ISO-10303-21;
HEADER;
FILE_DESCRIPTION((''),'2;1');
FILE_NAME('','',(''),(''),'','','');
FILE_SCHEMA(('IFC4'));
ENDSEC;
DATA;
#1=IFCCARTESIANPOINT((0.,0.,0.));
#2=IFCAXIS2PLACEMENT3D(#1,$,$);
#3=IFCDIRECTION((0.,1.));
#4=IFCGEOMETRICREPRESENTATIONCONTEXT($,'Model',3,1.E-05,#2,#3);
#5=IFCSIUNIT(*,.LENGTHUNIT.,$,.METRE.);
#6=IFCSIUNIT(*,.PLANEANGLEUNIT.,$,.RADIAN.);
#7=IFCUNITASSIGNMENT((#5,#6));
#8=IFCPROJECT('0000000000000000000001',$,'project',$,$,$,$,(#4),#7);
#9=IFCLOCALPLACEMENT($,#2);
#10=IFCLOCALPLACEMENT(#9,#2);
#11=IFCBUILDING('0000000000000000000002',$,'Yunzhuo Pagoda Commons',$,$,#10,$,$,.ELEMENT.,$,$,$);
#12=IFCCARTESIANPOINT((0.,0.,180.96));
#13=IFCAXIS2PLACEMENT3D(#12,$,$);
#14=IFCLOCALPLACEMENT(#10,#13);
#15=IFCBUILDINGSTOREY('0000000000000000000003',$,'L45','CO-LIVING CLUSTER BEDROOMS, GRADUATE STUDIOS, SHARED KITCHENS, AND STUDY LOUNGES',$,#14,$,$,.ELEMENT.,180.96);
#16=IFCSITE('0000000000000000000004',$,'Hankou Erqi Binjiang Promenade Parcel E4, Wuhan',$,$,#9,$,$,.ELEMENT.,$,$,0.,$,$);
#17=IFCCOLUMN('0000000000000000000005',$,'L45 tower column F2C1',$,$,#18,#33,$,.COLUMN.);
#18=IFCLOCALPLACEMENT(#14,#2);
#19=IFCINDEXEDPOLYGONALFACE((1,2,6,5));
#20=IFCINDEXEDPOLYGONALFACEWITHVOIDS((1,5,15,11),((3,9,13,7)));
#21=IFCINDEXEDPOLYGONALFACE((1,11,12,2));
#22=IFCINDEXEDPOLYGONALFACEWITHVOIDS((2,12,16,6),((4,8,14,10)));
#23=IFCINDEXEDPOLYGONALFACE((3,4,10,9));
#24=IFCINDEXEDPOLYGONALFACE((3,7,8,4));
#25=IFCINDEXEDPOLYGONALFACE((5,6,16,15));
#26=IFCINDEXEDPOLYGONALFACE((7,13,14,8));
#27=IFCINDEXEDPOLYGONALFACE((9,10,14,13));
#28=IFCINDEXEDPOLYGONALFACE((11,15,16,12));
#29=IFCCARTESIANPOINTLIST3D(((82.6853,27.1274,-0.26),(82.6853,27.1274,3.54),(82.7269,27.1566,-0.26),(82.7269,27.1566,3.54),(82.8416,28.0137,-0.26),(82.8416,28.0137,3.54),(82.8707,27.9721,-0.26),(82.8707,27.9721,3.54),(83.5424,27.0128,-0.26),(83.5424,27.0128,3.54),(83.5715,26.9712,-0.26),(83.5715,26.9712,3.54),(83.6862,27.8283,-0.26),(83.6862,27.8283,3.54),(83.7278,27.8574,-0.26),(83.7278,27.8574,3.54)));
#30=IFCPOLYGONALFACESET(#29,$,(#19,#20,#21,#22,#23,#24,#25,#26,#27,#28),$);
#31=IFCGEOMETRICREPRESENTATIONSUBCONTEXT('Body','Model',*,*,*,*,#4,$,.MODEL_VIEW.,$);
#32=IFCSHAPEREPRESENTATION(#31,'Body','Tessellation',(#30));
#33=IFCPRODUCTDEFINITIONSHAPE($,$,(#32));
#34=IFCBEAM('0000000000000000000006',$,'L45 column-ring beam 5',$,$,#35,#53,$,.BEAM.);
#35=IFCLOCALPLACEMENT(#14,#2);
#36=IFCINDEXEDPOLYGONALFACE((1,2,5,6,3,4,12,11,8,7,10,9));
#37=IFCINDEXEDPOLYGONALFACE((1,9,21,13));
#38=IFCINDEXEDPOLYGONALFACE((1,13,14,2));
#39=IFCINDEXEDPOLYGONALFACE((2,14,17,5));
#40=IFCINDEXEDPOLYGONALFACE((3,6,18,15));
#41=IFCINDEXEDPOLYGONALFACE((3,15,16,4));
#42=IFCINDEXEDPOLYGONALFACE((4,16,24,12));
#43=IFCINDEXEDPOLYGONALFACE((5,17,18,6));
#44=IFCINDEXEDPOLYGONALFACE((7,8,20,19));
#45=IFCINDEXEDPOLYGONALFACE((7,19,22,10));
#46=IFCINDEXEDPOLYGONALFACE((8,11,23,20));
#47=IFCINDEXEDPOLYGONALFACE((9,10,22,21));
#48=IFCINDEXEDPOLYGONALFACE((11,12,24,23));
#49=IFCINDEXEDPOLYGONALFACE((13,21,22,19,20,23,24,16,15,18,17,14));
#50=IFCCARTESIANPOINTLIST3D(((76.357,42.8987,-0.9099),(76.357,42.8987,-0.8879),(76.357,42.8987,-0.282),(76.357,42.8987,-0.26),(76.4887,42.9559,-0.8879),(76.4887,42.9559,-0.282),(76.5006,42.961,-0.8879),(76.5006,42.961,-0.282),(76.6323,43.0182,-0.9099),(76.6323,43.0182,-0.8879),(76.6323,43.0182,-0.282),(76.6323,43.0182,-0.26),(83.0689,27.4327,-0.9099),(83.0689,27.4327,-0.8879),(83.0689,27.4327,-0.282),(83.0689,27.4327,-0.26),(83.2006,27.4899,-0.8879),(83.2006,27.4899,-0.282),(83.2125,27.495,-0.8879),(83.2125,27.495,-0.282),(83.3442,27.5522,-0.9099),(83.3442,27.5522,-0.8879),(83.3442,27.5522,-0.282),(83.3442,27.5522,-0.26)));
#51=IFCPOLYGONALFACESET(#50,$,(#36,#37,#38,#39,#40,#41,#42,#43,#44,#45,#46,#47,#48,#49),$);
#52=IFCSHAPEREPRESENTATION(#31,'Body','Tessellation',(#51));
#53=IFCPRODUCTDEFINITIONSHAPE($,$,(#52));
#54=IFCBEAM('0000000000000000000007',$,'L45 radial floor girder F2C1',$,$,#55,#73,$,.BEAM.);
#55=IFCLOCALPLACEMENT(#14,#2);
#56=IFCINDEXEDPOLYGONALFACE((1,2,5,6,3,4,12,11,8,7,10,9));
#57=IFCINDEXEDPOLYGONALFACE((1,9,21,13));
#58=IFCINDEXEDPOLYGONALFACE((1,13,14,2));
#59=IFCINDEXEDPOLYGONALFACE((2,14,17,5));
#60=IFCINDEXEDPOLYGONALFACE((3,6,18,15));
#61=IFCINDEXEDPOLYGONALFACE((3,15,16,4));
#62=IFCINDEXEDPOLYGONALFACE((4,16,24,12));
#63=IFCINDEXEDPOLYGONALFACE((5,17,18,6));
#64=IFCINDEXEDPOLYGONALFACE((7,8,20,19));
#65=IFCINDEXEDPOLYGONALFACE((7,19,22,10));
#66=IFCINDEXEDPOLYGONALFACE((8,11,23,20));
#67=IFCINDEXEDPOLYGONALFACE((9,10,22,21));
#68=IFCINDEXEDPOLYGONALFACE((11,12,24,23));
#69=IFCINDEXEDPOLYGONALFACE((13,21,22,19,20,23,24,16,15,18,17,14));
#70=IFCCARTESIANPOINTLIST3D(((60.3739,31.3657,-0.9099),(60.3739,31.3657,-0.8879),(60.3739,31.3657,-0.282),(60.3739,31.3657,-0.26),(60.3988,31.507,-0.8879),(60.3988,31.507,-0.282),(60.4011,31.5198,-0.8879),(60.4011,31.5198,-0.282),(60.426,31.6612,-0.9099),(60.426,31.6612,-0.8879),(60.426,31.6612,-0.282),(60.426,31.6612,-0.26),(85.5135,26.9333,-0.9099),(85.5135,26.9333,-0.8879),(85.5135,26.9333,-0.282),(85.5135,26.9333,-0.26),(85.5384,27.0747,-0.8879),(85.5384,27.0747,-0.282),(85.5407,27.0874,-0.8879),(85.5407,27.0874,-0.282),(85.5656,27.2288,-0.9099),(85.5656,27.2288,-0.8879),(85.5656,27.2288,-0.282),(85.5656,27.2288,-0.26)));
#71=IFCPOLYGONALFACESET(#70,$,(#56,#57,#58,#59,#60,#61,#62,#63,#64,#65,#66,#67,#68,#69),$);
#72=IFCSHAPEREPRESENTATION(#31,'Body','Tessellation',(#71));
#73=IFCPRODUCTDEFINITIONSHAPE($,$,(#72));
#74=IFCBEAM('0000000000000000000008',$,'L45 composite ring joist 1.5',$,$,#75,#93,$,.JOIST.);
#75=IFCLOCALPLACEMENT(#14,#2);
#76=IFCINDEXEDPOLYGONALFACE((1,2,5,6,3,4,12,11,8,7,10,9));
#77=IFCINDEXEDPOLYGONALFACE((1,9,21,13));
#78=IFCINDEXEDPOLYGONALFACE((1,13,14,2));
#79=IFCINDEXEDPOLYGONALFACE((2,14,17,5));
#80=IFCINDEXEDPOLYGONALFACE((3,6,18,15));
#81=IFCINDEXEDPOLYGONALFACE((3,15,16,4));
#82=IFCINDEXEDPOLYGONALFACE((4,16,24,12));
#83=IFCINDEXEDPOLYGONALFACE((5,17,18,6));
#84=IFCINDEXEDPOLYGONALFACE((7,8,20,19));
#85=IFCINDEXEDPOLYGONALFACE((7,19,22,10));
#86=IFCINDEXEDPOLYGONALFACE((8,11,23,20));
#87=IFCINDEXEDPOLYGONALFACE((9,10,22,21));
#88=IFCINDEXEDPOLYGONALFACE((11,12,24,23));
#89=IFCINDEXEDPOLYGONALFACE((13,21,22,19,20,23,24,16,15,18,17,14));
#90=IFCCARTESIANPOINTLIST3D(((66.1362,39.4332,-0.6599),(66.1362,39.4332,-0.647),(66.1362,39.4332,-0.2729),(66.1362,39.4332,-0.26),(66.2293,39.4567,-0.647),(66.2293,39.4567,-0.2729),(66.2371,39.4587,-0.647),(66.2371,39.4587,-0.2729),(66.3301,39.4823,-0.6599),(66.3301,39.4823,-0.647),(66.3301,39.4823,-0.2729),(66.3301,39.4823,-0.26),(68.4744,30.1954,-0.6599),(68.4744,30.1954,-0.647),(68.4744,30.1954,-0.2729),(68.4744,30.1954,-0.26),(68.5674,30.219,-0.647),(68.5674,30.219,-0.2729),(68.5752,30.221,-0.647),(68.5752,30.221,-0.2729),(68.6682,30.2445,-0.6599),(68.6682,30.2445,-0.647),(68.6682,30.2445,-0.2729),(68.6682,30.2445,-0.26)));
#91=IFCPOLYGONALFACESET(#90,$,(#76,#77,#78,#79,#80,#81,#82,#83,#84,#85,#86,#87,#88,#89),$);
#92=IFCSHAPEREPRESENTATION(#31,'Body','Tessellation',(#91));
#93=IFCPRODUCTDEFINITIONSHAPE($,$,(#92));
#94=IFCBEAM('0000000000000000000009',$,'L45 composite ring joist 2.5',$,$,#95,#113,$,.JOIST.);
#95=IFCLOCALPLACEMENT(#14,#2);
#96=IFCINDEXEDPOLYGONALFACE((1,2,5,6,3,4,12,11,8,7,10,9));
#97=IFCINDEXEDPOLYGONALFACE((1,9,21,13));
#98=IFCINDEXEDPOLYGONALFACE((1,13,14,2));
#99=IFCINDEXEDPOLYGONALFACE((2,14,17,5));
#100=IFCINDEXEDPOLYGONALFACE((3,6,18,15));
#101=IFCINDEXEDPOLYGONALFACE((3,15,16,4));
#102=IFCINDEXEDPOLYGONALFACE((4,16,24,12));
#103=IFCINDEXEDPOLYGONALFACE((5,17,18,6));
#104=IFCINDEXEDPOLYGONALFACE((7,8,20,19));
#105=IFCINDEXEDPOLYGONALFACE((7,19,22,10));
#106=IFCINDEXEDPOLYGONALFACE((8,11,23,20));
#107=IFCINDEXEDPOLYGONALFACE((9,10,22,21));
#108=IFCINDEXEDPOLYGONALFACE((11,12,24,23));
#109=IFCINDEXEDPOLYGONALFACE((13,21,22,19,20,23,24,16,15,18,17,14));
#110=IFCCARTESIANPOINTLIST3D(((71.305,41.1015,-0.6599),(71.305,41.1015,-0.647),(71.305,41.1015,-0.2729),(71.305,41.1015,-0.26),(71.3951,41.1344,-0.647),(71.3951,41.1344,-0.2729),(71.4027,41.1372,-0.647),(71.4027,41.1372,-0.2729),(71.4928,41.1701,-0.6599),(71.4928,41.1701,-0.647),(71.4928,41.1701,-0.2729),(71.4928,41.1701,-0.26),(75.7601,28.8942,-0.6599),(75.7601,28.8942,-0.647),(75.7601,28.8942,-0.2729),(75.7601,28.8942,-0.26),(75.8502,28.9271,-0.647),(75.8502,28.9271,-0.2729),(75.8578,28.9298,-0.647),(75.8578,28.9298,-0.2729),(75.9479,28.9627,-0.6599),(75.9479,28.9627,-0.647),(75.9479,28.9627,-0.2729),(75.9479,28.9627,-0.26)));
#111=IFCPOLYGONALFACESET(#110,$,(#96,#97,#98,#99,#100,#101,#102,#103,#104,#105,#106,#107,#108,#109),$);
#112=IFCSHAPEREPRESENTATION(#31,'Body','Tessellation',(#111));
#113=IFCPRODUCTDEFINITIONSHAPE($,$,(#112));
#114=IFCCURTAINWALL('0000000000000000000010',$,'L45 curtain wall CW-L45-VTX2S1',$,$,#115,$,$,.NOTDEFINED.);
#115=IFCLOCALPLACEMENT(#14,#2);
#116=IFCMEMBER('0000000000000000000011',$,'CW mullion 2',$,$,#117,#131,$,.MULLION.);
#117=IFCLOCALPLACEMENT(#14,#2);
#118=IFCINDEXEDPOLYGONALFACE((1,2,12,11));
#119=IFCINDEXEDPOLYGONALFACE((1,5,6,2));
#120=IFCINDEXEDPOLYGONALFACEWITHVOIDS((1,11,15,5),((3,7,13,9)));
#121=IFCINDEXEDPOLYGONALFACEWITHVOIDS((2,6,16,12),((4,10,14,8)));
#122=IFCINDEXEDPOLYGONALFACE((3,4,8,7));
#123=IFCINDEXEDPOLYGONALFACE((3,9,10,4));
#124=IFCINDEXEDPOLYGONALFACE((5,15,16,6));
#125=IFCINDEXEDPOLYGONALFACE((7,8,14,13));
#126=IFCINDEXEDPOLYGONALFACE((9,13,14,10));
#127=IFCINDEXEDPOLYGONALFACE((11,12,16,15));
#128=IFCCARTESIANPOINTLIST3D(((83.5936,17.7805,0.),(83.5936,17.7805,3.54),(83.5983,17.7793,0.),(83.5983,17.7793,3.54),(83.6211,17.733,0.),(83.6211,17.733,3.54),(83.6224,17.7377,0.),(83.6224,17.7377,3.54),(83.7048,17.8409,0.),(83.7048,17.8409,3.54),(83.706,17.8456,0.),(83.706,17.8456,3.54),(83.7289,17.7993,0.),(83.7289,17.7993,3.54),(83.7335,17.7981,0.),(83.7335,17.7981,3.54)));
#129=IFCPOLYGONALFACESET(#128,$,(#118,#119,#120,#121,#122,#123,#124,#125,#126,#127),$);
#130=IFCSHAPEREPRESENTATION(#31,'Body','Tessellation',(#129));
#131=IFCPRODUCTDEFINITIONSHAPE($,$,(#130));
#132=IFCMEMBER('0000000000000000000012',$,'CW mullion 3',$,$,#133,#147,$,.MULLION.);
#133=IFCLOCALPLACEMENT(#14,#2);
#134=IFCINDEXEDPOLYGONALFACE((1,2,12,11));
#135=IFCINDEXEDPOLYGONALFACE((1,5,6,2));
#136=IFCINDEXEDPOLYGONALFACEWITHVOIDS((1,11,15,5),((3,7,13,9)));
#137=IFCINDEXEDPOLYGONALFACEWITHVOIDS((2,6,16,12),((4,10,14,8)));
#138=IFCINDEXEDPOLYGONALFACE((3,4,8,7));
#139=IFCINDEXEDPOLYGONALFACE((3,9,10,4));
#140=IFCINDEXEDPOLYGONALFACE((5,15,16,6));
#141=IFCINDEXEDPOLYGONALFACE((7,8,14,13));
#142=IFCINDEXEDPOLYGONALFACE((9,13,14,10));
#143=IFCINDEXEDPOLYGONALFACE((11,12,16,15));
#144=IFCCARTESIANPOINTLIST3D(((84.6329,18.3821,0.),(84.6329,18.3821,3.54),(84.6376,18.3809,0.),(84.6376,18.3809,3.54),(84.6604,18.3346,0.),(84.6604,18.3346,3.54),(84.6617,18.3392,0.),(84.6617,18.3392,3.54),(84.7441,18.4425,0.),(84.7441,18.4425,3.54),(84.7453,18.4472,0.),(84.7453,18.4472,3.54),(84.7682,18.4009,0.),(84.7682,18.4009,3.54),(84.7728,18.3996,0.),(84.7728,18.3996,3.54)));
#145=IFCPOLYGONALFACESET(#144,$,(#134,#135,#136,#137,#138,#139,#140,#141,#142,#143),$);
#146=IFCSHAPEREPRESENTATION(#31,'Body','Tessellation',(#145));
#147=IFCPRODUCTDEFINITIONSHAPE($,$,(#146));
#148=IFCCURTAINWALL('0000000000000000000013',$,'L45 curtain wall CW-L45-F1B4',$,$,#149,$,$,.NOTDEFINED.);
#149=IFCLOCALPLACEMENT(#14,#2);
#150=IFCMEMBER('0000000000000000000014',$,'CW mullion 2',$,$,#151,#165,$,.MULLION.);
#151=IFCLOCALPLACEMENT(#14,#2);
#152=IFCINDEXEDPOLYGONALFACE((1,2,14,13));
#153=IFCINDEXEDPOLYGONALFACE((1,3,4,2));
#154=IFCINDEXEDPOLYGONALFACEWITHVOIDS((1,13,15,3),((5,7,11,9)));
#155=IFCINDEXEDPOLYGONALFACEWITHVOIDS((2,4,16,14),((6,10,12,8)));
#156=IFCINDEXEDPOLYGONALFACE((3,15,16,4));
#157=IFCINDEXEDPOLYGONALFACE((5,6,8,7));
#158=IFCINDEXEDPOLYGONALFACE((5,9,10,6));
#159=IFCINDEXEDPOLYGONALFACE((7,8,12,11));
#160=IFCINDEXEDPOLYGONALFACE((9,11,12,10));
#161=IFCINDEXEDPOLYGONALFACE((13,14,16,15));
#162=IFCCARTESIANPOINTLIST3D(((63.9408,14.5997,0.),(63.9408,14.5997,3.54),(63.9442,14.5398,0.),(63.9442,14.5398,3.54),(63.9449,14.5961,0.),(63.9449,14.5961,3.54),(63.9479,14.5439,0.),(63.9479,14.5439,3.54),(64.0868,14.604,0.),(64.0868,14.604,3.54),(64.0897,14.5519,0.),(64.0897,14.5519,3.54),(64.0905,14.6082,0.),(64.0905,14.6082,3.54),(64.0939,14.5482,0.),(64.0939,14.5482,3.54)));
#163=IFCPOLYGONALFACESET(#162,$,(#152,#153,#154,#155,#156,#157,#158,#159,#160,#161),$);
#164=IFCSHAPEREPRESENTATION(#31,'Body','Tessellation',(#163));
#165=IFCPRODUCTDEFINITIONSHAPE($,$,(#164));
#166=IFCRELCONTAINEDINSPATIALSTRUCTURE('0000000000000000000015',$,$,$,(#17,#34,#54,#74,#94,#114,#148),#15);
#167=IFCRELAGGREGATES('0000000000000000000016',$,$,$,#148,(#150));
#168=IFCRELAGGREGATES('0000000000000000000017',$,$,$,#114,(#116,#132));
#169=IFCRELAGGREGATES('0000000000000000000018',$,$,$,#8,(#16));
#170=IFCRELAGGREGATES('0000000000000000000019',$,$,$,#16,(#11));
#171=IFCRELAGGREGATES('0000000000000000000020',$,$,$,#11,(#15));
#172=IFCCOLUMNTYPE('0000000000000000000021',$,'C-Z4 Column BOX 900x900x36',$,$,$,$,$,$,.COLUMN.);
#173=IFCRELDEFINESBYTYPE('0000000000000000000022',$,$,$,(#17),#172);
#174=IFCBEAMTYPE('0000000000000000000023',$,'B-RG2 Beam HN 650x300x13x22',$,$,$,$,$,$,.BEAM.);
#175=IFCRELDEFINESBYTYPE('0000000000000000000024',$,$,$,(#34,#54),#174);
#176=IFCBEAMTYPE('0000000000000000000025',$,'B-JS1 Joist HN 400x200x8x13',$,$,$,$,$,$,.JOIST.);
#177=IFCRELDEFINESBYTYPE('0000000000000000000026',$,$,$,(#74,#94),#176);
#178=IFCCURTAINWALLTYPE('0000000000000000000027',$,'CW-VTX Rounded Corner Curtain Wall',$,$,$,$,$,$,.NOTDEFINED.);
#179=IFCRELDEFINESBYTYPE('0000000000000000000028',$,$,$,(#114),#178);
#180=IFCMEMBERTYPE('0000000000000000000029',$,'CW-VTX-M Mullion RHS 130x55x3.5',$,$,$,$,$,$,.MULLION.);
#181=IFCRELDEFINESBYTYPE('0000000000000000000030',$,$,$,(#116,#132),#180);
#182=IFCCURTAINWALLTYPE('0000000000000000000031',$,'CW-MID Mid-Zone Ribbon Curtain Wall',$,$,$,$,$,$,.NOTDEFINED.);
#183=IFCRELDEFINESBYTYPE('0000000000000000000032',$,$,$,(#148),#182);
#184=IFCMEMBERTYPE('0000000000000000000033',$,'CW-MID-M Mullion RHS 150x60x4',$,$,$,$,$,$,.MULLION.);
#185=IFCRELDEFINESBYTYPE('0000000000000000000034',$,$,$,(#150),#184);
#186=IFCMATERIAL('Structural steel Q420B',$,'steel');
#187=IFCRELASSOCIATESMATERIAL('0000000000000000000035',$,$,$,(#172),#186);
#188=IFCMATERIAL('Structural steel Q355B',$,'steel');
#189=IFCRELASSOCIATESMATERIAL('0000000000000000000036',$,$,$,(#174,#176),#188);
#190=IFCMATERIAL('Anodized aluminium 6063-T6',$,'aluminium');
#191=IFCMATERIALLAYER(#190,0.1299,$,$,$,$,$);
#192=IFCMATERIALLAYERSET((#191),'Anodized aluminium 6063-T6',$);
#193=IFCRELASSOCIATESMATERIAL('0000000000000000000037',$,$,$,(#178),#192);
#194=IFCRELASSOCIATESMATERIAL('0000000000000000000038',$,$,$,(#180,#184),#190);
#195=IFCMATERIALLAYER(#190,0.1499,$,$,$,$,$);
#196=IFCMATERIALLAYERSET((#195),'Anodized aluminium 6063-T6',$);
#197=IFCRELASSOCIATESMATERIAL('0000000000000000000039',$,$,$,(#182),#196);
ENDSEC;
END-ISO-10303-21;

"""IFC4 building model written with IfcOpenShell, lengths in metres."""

from ifc_helpers import new_model, si_unit, direction, frame, origin, origin_2d, place, context, subcontext, project, spatial, hollow_rectangle, i_section, extrude, source, transform, mapped, material, layer, layer_set, material_profile, profile_set, type_object, element, aggregate, save


model = new_model("IFC4")

# Units and contexts
model_context = context("Model", 3, precision=1e-05, world=origin(), true_north=direction((0.0, 1.0)))
body_context = subcontext(model_context, "Body", "Model", "MODEL_VIEW")
ifc_project = project(units=[si_unit("LENGTHUNIT", "METRE"), si_unit("PLANEANGLEUNIT", "RADIAN")], contexts=[model_context])

# Site, building, storey
site_placement = place(None, origin())
site = spatial("IfcSite", under=ifc_project, at=site_placement, Name="Hankou Erqi Binjiang Promenade Parcel E4, Wuhan", CompositionType="ELEMENT", RefElevation=0.0)
building_placement = place(site_placement, origin())
building = spatial("IfcBuilding", under=site, at=building_placement, Name="Yunzhuo Pagoda Commons", CompositionType="ELEMENT")
storey_placement = place(building_placement, frame((0.0, 0.0, 180.96)))
storey = spatial("IfcBuildingStorey", under=building, at=storey_placement, Name="L45", Description="CO-LIVING CLUSTER BEDROOMS, GRADUATE STUDIOS, SHARED KITCHENS, AND STUDY LOUNGES", CompositionType="ELEMENT", Elevation=180.96)

# Column
ifc_material_1 = material(Name="Structural steel Q420B", Category="steel")
ifc_material_profile_1 = material_profile(ifc_material_1, hollow_rectangle(XDim=0.8999, YDim=0.8999, WallThickness=0.0359, at=origin_2d()), Name="Structural steel Q420B")
ifc_profile_set_1 = profile_set([ifc_material_profile_1], Name="Structural steel Q420B")
column_type = type_object("IfcColumnType", Name="C-Z4 Column BOX 900x900x36", PredefinedType="COLUMN", material=ifc_profile_set_1)
shared_shape_1 = source(origin(), body_context, "Body", "SweptSolid", [
    extrude(hollow_rectangle(XDim=0.8999, YDim=0.8999, WallThickness=0.0359, at=origin_2d()), origin(), (0.0, 0.0, 1.0), 3.8),
])
column_placement = place(storey_placement, frame((83.2065, 27.4924, -0.26), z_axis=(0.0, 0.0, 1.0), x_axis=(0.173648, 0.984808, 0.0)))
element("IfcColumn", 1, at=column_placement, inside=storey, type_object=column_type, Name="L45 tower column F2C1", PredefinedType="COLUMN", context=body_context, shape_type="MappedRepresentation", body=[
    mapped(shared_shape_1, transform((0.0, 0.0, 0.0), scale=1.0)),
])

# Beams
ifc_material_2 = material(Name="Structural steel Q355B", Category="steel")
ifc_material_profile_2 = material_profile(ifc_material_2, i_section(OverallWidth=0.3, OverallDepth=0.6499, WebThickness=0.0129, FlangeThickness=0.022, at=origin_2d()), Name="Structural steel Q355B")
ifc_profile_set_2 = profile_set([ifc_material_profile_2], Name="Structural steel Q355B")
beam_type_1 = type_object("IfcBeamType", Name="B-RG2 Beam HN 650x300x13x22", PredefinedType="BEAM", material=ifc_profile_set_2)
shared_shape_2 = source(origin(), body_context, "Body", "SweptSolid", [
    extrude(i_section(OverallWidth=0.3, OverallDepth=0.6499, WebThickness=0.0129, FlangeThickness=0.022, at=origin_2d()), origin(), (0.0, 0.0, 1.0), 16.8596),
])
beam_1_placement = place(storey_placement, frame((83.2065, 27.4924, -0.585), z_axis=(-0.398104, 0.91734, 0.0), x_axis=(-0.91734, -0.398104, 0.0)))
element("IfcBeam", 2, at=beam_1_placement, inside=storey, type_object=beam_type_1, Name="L45 column-ring beam 5", PredefinedType="BEAM", context=body_context, shape_type="MappedRepresentation", body=[
    mapped(shared_shape_2, transform((0.0, 0.0, 0.0), scale=1.0)),
])
shared_shape_3 = source(origin(), body_context, "Body", "SweptSolid", [
    extrude(i_section(OverallWidth=0.3, OverallDepth=0.6499, WebThickness=0.0129, FlangeThickness=0.022, at=origin_2d()), origin(), (0.0, 0.0, 1.0), 25.5273),
])
beam_2_placement = place(storey_placement, frame((85.5396, 27.0811, -0.585), z_axis=(-0.984811, 0.173632, 0.0), x_axis=(-0.173632, -0.984811, 0.0)))
element("IfcBeam", 3, at=beam_2_placement, inside=storey, type_object=beam_type_1, Name="L45 radial floor girder F2C1", PredefinedType="BEAM", context=body_context, shape_type="MappedRepresentation", body=[
    mapped(shared_shape_3, transform((0.0, 0.0, 0.0), scale=1.0)),
])
ifc_material_profile_3 = material_profile(ifc_material_2, i_section(OverallWidth=0.2, OverallDepth=0.3999, WebThickness=0.0081, FlangeThickness=0.0129, at=origin_2d()), Name="Structural steel Q355B")
ifc_profile_set_3 = profile_set([ifc_material_profile_3], Name="Structural steel Q355B")
beam_type_2 = type_object("IfcBeamType", Name="B-JS1 Joist HN 400x200x8x13", PredefinedType="JOIST", material=ifc_profile_set_3)
shared_shape_4 = source(origin(), body_context, "Body", "SweptSolid", [
    extrude(i_section(OverallWidth=0.2, OverallDepth=0.3999, WebThickness=0.0081, FlangeThickness=0.0129, at=origin_2d()), origin(), (0.0, 0.0, 1.0), 9.5291),
])
beam_3_placement = place(storey_placement, frame((68.5713, 30.22, -0.46), z_axis=(-0.245368, 0.96943, 0.0), x_axis=(-0.96943, -0.245368, 0.0)))
element("IfcBeam", 4, at=beam_3_placement, inside=storey, type_object=beam_type_2, Name="L45 composite ring joist 1.5", PredefinedType="JOIST", context=body_context, shape_type="MappedRepresentation", body=[
    mapped(shared_shape_4, transform((0.0, 0.0, 0.0), scale=1.0)),
])
shared_shape_5 = source(origin(), body_context, "Body", "SweptSolid", [
    extrude(i_section(OverallWidth=0.2, OverallDepth=0.3999, WebThickness=0.0081, FlangeThickness=0.0129, at=origin_2d()), origin(), (0.0, 0.0, 1.0), 12.9949),
])
beam_4_placement = place(storey_placement, frame((75.854, 28.9285, -0.46), z_axis=(-0.342835, 0.939396, 0.0), x_axis=(-0.939396, -0.342835, 0.0)))
element("IfcBeam", 5, at=beam_4_placement, inside=storey, type_object=beam_type_2, Name="L45 composite ring joist 2.5", PredefinedType="JOIST", context=body_context, shape_type="MappedRepresentation", body=[
    mapped(shared_shape_5, transform((0.0, 0.0, 0.0), scale=1.0)),
])

# Curtain wall, members
ifc_material_3 = material(Name="Anodized aluminium 6063-T6", Category="aluminium")
ifc_layer_1 = layer(ifc_material_3, 0.1299)
ifc_layer_set_1 = layer_set([ifc_layer_1], Name="Anodized aluminium 6063-T6")
curtain_wall_type_1 = type_object("IfcCurtainWallType", Name="CW-VTX Rounded Corner Curtain Wall", PredefinedType="NOTDEFINED", material=ifc_layer_set_1)
curtain_wall_1_placement = place(storey_placement, origin())
curtain_wall_1 = element("IfcCurtainWall", 6, at=curtain_wall_1_placement, inside=storey, type_object=curtain_wall_type_1, Name="L45 curtain wall CW-L45-VTX2S1", PredefinedType="NOTDEFINED")
ifc_material_profile_4 = material_profile(ifc_material_3, hollow_rectangle(XDim=0.0549, YDim=0.1299, WallThickness=0.0034, at=origin_2d()), Name="Anodized aluminium 6063-T6")
ifc_profile_set_4 = profile_set([ifc_material_profile_4], Name="Anodized aluminium 6063-T6")
member_type_1 = type_object("IfcMemberType", Name="CW-VTX-M Mullion RHS 130x55x3.5", PredefinedType="MULLION", material=ifc_profile_set_4)
shared_shape_6 = source(origin(), body_context, "Body", "SweptSolid", [
    extrude(hollow_rectangle(XDim=0.0549, YDim=0.1299, WallThickness=0.0034, at=origin_2d()), origin(), (0.0, 0.0, 1.0), 3.54),
])
member_1_placement = place(storey_placement, frame((83.6636, 17.7893, 0.0), z_axis=(0.0, 0.0, 1.0), x_axis=(-0.50104, 0.865424, 0.0)))
member_1 = element("IfcMember", 7, at=member_1_placement, type_object=member_type_1, Name="CW mullion 2", PredefinedType="MULLION", context=body_context, shape_type="MappedRepresentation", body=[
    mapped(shared_shape_6, transform((0.0, 0.0, 0.0), scale=1.0)),
])
member_2_placement = place(storey_placement, frame((84.7029, 18.3909, 0.0), z_axis=(0.0, 0.0, 1.0), x_axis=(-0.50104, 0.865424, 0.0)))
member_2 = element("IfcMember", 8, at=member_2_placement, type_object=member_type_1, Name="CW mullion 3", PredefinedType="MULLION", context=body_context, shape_type="MappedRepresentation", body=[
    mapped(shared_shape_6, transform((0.0, 0.0, 0.0), scale=1.0)),
])

# Curtain wall, member
ifc_layer_2 = layer(ifc_material_3, 0.1499)
ifc_layer_set_2 = layer_set([ifc_layer_2], Name="Anodized aluminium 6063-T6")
curtain_wall_type_2 = type_object("IfcCurtainWallType", Name="CW-MID Mid-Zone Ribbon Curtain Wall", PredefinedType="NOTDEFINED", material=ifc_layer_set_2)
curtain_wall_2_placement = place(storey_placement, origin())
curtain_wall_2 = element("IfcCurtainWall", 9, at=curtain_wall_2_placement, inside=storey, type_object=curtain_wall_type_2, Name="L45 curtain wall CW-L45-F1B4", PredefinedType="NOTDEFINED")
ifc_material_profile_5 = material_profile(ifc_material_3, hollow_rectangle(XDim=0.0601, YDim=0.1499, WallThickness=0.0039, at=origin_2d()), Name="Anodized aluminium 6063-T6")
ifc_profile_set_5 = profile_set([ifc_material_profile_5], Name="Anodized aluminium 6063-T6")
member_type_2 = type_object("IfcMemberType", Name="CW-MID-M Mullion RHS 150x60x4", PredefinedType="MULLION", material=ifc_profile_set_5)
shared_shape_7 = source(origin(), body_context, "Body", "SweptSolid", [
    extrude(hollow_rectangle(XDim=0.0601, YDim=0.1499, WallThickness=0.0039, at=origin_2d()), origin(), (0.0, 0.0, 1.0), 3.54),
])
member_3_placement = place(storey_placement, frame((64.0173, 14.574, 0.0), z_axis=(0.0, 0.0, 1.0), x_axis=(-0.056143, 0.998423, 0.0)))
member_3 = element("IfcMember", 10, at=member_3_placement, type_object=member_type_2, Name="CW mullion 2", PredefinedType="MULLION", context=body_context, shape_type="MappedRepresentation", body=[
    mapped(shared_shape_7, transform((0.0, 0.0, 0.0), scale=1.0)),
])
aggregate(curtain_wall_2, [member_3])

aggregate(curtain_wall_1, [member_1, member_2])

save(model, "model.ifc")
